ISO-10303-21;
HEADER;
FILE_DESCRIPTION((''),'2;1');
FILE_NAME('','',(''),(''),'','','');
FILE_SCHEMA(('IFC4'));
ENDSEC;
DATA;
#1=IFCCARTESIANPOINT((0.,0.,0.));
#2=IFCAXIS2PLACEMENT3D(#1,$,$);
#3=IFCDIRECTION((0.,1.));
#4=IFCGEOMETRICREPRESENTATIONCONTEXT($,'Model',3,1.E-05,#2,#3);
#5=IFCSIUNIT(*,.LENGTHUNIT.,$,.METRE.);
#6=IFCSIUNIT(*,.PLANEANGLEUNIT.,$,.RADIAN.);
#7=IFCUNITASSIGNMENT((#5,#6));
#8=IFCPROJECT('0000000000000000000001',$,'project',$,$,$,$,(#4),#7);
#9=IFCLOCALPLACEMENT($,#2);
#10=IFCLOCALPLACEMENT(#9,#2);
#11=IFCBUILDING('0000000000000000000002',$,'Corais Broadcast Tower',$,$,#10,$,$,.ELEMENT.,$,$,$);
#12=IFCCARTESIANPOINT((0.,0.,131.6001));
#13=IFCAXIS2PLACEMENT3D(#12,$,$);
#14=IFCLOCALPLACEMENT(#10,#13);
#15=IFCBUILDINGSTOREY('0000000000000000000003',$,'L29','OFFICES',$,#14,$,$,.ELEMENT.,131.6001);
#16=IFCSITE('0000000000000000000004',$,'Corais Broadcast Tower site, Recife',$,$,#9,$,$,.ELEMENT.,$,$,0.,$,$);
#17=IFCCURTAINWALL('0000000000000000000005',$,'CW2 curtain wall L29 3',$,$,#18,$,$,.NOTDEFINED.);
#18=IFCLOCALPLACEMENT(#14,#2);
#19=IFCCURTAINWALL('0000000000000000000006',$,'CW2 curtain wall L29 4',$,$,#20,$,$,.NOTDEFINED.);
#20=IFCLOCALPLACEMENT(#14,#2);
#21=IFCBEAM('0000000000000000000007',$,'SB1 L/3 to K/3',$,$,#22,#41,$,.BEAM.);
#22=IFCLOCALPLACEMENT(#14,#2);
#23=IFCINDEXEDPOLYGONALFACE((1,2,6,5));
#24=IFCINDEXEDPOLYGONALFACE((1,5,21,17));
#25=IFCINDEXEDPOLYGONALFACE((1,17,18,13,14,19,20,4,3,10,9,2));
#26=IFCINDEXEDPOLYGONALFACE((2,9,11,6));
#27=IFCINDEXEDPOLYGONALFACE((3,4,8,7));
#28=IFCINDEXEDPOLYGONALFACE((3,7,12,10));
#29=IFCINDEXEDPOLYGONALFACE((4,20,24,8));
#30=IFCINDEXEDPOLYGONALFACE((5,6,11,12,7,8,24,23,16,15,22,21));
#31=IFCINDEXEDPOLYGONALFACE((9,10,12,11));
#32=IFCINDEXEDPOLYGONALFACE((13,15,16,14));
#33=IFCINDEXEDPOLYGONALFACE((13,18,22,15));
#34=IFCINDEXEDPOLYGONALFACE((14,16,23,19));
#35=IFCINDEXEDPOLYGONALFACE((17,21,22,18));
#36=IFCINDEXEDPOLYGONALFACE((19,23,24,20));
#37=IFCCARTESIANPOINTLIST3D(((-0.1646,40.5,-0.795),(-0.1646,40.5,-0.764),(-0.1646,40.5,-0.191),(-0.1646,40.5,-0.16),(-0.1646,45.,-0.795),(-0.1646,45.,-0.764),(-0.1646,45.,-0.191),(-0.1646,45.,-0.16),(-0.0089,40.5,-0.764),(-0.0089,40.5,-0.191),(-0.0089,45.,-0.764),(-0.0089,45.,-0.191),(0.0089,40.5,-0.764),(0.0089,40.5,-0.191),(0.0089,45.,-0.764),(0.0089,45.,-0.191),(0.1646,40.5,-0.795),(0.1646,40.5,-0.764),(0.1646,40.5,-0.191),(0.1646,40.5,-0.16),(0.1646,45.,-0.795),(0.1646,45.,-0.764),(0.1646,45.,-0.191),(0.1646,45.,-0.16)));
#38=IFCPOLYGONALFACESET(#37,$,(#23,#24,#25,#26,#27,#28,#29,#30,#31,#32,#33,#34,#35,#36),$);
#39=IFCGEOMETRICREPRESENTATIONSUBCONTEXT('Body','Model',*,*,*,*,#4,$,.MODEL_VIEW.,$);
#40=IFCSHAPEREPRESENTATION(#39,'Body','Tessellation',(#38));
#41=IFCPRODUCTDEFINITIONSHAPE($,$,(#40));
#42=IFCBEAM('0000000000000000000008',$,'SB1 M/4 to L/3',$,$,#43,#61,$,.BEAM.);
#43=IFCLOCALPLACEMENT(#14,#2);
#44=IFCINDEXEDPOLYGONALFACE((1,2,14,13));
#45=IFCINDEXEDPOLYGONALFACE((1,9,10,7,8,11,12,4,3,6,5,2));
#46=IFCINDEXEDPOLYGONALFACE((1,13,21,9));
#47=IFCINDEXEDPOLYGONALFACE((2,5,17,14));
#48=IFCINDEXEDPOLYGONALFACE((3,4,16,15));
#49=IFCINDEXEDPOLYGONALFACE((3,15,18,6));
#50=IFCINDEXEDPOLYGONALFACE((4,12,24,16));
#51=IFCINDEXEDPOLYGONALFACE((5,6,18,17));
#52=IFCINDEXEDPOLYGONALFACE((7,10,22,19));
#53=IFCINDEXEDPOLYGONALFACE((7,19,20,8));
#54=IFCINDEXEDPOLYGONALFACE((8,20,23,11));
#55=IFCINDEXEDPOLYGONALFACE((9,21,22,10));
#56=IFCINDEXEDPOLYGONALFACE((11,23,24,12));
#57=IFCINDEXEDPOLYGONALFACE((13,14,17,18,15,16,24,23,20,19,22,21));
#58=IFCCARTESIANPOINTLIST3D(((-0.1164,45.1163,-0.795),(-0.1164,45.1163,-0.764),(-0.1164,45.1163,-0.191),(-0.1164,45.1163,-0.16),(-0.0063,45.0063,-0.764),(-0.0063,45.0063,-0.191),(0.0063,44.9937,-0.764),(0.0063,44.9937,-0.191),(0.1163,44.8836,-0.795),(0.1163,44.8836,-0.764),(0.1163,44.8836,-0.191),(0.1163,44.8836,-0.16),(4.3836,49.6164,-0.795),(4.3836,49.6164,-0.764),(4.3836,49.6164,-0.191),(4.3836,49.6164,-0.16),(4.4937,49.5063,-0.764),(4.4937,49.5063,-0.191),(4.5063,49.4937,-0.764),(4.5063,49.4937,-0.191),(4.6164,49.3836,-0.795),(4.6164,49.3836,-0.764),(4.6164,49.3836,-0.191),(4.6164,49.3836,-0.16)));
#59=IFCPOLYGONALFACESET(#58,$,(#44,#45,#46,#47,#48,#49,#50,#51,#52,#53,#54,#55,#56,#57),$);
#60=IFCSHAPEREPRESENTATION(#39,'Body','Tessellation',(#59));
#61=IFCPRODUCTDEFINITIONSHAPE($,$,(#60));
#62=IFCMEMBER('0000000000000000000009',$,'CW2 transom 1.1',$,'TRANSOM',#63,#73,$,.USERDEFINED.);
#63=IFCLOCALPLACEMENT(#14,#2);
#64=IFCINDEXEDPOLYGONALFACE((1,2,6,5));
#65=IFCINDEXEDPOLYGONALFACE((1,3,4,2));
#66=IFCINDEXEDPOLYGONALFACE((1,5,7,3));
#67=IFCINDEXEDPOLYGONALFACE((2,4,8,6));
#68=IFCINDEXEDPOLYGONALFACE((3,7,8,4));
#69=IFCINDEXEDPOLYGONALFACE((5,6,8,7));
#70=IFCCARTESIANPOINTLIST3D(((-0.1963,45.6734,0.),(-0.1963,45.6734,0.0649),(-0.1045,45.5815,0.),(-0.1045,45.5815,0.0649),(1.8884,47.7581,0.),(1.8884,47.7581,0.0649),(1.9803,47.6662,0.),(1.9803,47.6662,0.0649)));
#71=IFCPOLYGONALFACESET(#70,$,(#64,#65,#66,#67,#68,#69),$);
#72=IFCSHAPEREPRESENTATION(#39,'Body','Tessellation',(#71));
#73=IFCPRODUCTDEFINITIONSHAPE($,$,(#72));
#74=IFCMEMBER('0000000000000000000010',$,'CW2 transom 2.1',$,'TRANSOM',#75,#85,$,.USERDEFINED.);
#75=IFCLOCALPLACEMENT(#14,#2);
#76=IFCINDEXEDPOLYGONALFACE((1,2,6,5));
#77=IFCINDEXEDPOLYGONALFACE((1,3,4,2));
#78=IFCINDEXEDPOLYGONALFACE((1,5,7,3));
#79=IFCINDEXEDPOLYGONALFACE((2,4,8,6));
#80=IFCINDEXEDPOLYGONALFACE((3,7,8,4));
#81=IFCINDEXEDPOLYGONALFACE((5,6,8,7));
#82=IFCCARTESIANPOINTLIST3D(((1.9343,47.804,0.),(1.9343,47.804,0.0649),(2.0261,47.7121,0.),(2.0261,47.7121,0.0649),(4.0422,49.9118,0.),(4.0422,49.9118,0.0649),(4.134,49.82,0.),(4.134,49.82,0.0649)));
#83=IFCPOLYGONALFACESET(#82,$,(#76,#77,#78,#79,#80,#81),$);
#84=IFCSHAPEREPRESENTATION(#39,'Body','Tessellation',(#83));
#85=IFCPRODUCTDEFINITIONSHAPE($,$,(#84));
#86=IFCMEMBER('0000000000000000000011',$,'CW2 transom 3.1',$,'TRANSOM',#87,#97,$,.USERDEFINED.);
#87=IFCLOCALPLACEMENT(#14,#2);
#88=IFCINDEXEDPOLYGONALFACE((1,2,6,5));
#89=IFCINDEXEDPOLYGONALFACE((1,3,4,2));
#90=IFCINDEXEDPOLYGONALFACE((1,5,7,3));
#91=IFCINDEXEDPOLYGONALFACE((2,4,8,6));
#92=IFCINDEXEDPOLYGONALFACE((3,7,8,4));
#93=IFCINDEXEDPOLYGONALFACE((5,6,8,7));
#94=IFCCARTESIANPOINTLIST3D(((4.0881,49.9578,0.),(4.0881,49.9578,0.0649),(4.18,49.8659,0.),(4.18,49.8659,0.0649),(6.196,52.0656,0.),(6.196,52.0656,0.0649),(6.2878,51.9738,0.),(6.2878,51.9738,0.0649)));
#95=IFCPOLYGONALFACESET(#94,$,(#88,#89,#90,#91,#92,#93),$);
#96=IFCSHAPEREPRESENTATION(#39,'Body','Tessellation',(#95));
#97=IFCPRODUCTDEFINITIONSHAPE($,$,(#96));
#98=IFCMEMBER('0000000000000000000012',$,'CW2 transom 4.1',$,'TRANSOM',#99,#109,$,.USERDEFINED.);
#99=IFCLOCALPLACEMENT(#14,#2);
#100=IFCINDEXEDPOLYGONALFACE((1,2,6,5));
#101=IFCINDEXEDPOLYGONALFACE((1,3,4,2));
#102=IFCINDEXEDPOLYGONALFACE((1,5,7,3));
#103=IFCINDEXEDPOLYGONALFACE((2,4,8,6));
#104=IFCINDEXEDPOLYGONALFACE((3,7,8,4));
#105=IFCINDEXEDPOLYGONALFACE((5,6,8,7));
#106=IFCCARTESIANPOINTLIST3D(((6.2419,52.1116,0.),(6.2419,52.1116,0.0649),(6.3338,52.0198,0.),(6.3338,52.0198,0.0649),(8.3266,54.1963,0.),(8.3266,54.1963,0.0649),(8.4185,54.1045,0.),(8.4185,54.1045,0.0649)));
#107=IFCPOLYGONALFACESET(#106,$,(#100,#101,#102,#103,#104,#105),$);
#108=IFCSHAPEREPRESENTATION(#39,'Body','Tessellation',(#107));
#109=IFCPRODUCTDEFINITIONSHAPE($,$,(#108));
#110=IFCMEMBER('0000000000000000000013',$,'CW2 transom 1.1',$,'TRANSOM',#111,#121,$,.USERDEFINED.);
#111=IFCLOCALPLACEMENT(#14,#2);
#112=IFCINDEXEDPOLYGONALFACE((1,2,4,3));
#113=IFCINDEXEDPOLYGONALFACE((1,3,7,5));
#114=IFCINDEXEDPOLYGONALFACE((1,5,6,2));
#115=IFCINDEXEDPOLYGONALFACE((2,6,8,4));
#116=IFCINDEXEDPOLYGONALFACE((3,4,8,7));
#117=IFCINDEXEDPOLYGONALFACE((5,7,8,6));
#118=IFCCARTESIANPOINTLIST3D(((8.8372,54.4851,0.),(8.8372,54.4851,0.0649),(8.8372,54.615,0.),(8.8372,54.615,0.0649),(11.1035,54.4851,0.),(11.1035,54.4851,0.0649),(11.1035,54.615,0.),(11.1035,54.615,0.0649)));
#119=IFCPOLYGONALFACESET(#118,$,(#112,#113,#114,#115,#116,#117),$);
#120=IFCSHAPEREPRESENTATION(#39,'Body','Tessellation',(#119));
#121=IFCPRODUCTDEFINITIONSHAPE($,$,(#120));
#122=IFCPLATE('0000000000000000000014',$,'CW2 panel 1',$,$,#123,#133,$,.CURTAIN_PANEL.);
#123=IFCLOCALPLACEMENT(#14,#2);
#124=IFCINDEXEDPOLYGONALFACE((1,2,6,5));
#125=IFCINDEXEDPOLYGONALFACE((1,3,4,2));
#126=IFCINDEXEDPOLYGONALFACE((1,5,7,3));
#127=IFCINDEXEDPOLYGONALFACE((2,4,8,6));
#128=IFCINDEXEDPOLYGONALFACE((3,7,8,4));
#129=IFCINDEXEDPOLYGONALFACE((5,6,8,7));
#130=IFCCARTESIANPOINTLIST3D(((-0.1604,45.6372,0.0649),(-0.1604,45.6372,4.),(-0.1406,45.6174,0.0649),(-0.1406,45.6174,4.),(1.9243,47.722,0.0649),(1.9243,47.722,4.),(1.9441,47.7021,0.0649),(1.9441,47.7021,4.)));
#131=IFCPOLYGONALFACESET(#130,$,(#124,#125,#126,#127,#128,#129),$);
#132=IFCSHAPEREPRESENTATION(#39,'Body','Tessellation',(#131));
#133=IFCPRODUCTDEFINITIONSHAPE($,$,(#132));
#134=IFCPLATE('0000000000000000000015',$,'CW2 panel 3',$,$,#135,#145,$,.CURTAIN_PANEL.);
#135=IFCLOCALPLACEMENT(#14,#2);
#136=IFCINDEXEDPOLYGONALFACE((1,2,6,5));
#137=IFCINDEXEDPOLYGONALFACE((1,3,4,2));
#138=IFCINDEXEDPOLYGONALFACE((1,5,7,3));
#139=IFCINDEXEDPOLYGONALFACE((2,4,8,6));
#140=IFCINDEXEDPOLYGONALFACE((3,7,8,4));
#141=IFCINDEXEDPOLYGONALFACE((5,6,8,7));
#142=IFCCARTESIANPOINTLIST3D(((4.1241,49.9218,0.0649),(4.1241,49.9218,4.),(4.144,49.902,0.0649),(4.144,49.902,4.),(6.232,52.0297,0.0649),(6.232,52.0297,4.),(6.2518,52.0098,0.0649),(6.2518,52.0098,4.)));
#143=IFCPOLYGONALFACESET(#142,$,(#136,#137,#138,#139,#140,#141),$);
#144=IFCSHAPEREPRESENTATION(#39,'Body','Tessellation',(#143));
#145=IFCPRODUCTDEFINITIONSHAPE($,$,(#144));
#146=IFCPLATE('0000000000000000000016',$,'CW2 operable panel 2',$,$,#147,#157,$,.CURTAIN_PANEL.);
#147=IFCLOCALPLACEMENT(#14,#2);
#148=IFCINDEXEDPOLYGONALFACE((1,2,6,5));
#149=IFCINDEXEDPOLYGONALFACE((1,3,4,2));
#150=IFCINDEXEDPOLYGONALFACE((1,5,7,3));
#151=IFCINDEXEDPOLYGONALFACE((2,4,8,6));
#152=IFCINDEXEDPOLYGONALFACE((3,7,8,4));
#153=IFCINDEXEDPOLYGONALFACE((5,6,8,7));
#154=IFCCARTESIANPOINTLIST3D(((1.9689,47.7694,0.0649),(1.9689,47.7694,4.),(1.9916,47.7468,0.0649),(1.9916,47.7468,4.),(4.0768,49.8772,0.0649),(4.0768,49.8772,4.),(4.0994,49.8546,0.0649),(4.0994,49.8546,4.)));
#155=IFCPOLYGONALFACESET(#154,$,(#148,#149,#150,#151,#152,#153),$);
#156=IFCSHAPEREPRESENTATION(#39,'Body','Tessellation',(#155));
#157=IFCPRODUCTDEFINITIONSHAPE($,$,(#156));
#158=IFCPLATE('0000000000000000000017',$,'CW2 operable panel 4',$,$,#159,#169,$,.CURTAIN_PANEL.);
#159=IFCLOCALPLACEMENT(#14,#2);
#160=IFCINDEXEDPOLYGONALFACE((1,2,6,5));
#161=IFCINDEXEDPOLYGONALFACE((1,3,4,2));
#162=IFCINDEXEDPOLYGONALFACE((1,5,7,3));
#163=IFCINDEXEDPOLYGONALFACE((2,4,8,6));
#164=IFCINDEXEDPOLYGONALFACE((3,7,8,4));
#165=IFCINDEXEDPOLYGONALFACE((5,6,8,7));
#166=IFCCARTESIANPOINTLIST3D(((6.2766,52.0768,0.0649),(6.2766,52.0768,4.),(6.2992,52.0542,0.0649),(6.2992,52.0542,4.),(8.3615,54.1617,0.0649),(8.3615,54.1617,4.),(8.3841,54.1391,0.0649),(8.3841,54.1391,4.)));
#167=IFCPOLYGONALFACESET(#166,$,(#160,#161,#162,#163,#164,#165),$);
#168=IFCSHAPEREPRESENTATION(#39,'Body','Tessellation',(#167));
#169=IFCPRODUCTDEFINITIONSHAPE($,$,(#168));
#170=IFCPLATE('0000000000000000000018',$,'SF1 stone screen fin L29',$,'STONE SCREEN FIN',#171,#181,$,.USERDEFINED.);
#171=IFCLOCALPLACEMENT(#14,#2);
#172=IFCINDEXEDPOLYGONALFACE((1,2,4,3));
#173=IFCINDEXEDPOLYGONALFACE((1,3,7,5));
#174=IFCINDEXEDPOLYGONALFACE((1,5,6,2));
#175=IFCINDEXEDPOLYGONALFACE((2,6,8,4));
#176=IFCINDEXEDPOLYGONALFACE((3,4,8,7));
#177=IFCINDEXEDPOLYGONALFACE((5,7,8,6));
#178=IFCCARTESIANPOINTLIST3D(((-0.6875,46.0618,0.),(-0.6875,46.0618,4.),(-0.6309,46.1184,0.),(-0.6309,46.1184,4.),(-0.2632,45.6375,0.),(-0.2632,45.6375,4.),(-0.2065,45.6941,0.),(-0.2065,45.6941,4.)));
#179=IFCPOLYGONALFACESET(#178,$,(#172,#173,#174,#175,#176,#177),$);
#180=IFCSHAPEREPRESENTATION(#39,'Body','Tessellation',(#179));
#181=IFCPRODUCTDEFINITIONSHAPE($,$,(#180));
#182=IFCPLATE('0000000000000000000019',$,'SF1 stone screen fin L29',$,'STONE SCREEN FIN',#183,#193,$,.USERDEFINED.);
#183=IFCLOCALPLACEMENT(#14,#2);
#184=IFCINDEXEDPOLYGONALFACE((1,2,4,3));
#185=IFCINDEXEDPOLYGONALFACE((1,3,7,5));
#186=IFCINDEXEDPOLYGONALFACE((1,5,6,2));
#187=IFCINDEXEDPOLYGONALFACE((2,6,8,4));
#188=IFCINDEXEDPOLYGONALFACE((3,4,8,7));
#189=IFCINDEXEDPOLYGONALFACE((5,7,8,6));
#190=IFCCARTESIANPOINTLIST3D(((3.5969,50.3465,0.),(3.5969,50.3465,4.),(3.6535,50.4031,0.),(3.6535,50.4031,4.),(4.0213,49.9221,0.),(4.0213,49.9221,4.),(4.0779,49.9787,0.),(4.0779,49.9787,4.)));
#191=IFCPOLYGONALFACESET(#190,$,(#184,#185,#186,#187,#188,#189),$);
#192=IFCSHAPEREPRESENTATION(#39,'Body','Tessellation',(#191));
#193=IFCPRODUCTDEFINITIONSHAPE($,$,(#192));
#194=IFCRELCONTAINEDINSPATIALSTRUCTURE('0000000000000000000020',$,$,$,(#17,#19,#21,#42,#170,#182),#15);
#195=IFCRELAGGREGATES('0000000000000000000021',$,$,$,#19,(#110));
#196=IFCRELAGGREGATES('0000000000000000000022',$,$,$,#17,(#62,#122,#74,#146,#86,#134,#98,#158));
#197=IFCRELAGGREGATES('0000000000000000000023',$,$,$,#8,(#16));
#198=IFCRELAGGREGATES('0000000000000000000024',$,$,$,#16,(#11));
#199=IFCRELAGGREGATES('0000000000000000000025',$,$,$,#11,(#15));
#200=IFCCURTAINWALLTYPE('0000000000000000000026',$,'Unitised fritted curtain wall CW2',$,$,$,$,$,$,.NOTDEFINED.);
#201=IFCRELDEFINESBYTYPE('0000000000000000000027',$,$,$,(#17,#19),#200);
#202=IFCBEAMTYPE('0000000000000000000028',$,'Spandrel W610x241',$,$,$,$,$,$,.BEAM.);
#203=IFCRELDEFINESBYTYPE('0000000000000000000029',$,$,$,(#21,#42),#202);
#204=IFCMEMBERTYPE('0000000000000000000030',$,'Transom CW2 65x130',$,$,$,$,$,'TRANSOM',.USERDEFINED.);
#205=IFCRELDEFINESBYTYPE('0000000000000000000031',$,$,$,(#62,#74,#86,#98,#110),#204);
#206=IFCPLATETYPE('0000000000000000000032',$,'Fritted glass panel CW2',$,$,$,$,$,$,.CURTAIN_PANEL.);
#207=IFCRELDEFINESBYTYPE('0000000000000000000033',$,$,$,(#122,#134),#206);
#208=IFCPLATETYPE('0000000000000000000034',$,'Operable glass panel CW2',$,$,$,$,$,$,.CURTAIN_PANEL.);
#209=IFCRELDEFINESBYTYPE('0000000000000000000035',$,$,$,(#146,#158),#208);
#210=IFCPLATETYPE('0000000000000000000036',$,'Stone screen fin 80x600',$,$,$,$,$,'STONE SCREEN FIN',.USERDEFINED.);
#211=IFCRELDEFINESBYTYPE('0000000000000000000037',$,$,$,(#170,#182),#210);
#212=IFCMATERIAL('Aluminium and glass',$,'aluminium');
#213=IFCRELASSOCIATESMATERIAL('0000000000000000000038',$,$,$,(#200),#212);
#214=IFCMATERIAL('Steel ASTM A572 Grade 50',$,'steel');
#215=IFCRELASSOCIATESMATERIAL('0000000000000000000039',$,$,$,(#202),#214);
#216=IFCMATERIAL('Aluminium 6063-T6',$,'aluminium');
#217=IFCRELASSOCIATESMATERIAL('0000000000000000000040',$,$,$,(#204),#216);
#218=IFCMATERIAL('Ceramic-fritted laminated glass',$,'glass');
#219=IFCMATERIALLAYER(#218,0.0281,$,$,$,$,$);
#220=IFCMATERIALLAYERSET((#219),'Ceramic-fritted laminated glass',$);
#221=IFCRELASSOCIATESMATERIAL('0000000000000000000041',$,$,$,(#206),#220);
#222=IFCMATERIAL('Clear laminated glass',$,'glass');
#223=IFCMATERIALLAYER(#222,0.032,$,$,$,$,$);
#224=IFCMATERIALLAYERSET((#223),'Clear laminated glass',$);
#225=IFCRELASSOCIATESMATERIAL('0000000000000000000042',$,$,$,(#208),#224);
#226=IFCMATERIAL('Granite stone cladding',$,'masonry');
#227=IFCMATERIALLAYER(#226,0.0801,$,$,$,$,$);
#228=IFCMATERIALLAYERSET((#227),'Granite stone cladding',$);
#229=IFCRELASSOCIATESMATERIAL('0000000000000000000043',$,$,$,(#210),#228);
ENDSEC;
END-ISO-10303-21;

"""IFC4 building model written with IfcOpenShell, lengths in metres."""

from ifc_helpers import new_model, si_unit, direction, frame, origin, origin_2d, place, context, subcontext, project, spatial, rectangle, i_section, extrude, material, layer, layer_set, material_profile, profile_set, type_object, element, aggregate, save


model = new_model("IFC4")

# Units and contexts
model_context = context("Model", 3, precision=1e-05, world=origin(), true_north=direction((0.0, 1.0)))
body_context = subcontext(model_context, "Body", "Model", "MODEL_VIEW")
ifc_project = project(units=[si_unit("LENGTHUNIT", "METRE"), si_unit("PLANEANGLEUNIT", "RADIAN")], contexts=[model_context])

# Site, building, storey
site_placement = place(None, origin())
site = spatial("IfcSite", under=ifc_project, at=site_placement, Name="Corais Broadcast Tower site, Recife", CompositionType="ELEMENT", RefElevation=0.0)
building_placement = place(site_placement, origin())
building = spatial("IfcBuilding", under=site, at=building_placement, Name="Corais Broadcast Tower", CompositionType="ELEMENT")
storey_placement = place(building_placement, frame((0.0, 0.0, 131.6001)))
storey = spatial("IfcBuildingStorey", under=building, at=storey_placement, Name="L29", Description="OFFICES", CompositionType="ELEMENT", Elevation=131.6001)

# Shared definitions
ifc_material_1 = material(Name="Aluminium and glass", Category="aluminium")
curtain_wall_type = type_object("IfcCurtainWallType", Name="Unitised fritted curtain wall CW2", PredefinedType="NOTDEFINED", material=ifc_material_1)

# Curtain wall
curtain_wall_1_placement = place(storey_placement, origin())
curtain_wall_1 = element("IfcCurtainWall", 1, at=curtain_wall_1_placement, inside=storey, type_object=curtain_wall_type, Name="CW2 curtain wall L29 3", PredefinedType="NOTDEFINED")

# Curtain wall
curtain_wall_2_placement = place(storey_placement, origin())
curtain_wall_2 = element("IfcCurtainWall", 2, at=curtain_wall_2_placement, inside=storey, type_object=curtain_wall_type, Name="CW2 curtain wall L29 4", PredefinedType="NOTDEFINED")

# Beams
ifc_material_2 = material(Name="Steel ASTM A572 Grade 50", Category="steel")
ifc_material_profile_1 = material_profile(ifc_material_2, i_section(OverallWidth=0.3291, OverallDepth=0.635, WebThickness=0.0178, FlangeThickness=0.031, at=origin_2d()), Name="W610x241")
ifc_profile_set_1 = profile_set([ifc_material_profile_1], Name="Steel ASTM A572 Grade 50")
beam_type_1 = type_object("IfcBeamType", Name="Spandrel W610x241", PredefinedType="BEAM", material=ifc_profile_set_1)
beam_1_placement = place(storey_placement, frame((0.0, 45.0, -0.4775), z_axis=(0.0, -1.0, 0.0), x_axis=(1.0, 0.0, 0.0)))
element("IfcBeam", 3, at=beam_1_placement, inside=storey, type_object=beam_type_1, Name="SB1 L/3 to K/3", PredefinedType="BEAM", context=body_context, shape_type="SweptSolid", body=[
    extrude(i_section(OverallWidth=0.3291, OverallDepth=0.635, WebThickness=0.0178, FlangeThickness=0.031, at=origin_2d()), origin(), (0.0, 0.0, 1.0), 4.5),
])
beam_2_placement = place(storey_placement, frame((4.5, 49.5, -0.4775), z_axis=(-0.707107, -0.707107, 0.0), x_axis=(0.707107, -0.707107, 0.0)))
element("IfcBeam", 4, at=beam_2_placement, inside=storey, type_object=beam_type_1, Name="SB1 M/4 to L/3", PredefinedType="BEAM", context=body_context, shape_type="SweptSolid", body=[
    extrude(i_section(OverallWidth=0.3291, OverallDepth=0.635, WebThickness=0.0178, FlangeThickness=0.031, at=origin_2d()), origin(), (0.0, 0.0, 1.0), 6.364),
])

# Members
ifc_material_3 = material(Name="Aluminium 6063-T6", Category="aluminium")
ifc_material_profile_2 = material_profile(ifc_material_3, rectangle(XDim=0.1299, YDim=0.0649, at=origin_2d()), Name="Transom CW2 65x130")
ifc_profile_set_2 = profile_set([ifc_material_profile_2], Name="Aluminium 6063-T6")
member_type_1 = type_object("IfcMemberType", Name="Transom CW2 65x130", ElementType="TRANSOM", PredefinedType="USERDEFINED", material=ifc_profile_set_2)
member_1_placement = place(storey_placement, frame((-0.1504, 45.6274, 0.0325), z_axis=(0.707107, 0.707107, 0.0), x_axis=(-0.707107, 0.707107, 0.0)))
member_1 = element("IfcMember", 5, at=member_1_placement, type_object=member_type_1, Name="CW2 transom 1.1", ObjectType="TRANSOM", PredefinedType="USERDEFINED", context=body_context, shape_type="SweptSolid", body=[
    extrude(rectangle(XDim=0.1299, YDim=0.0649, at=origin_2d()), origin(), (0.0, 0.0, 1.0), 2.9482),
])
member_2_placement = place(storey_placement, frame((1.9802, 47.7581, 0.0325), z_axis=(0.707107, 0.707107, 0.0), x_axis=(-0.707107, 0.707107, 0.0)))
member_2 = element("IfcMember", 6, at=member_2_placement, type_object=member_type_1, Name="CW2 transom 2.1", ObjectType="TRANSOM", PredefinedType="USERDEFINED", context=body_context, shape_type="SweptSolid", body=[
    extrude(rectangle(XDim=0.1299, YDim=0.0649, at=origin_2d()), origin(), (0.0, 0.0, 1.0), 2.981),
])
member_3_placement = place(storey_placement, frame((4.134, 49.9119, 0.0325), z_axis=(0.707107, 0.707107, 0.0), x_axis=(-0.707107, 0.707107, 0.0)))
member_3 = element("IfcMember", 7, at=member_3_placement, type_object=member_type_1, Name="CW2 transom 3.1", ObjectType="TRANSOM", PredefinedType="USERDEFINED", context=body_context, shape_type="SweptSolid", body=[
    extrude(rectangle(XDim=0.1299, YDim=0.0649, at=origin_2d()), origin(), (0.0, 0.0, 1.0), 2.981),
])
member_4_placement = place(storey_placement, frame((6.2878, 52.0657, 0.0325), z_axis=(0.707107, 0.707107, 0.0), x_axis=(-0.707107, 0.707107, 0.0)))
member_4 = element("IfcMember", 8, at=member_4_placement, type_object=member_type_1, Name="CW2 transom 4.1", ObjectType="TRANSOM", PredefinedType="USERDEFINED", context=body_context, shape_type="SweptSolid", body=[
    extrude(rectangle(XDim=0.1299, YDim=0.0649, at=origin_2d()), origin(), (0.0, 0.0, 1.0), 2.9482),
])
member_5_placement = place(storey_placement, frame((8.8372, 54.55, 0.0325), z_axis=(1.0, 0.0, 0.0), x_axis=(0.0, 1.0, 0.0)))
member_5 = element("IfcMember", 9, at=member_5_placement, type_object=member_type_1, Name="CW2 transom 1.1", ObjectType="TRANSOM", PredefinedType="USERDEFINED", context=body_context, shape_type="SweptSolid", body=[
    extrude(rectangle(XDim=0.1299, YDim=0.0649, at=origin_2d()), origin(), (0.0, 0.0, 1.0), 2.2664),
])
aggregate(curtain_wall_2, [member_5])

# Plates
ifc_material_4 = material(Name="Ceramic-fritted laminated glass", Category="glass")
ifc_layer_1 = layer(ifc_material_4, 0.0281)
ifc_layer_set_1 = layer_set([ifc_layer_1], Name="Ceramic-fritted laminated glass")
plate_type_1 = type_object("IfcPlateType", Name="Fritted glass panel CW2", PredefinedType="CURTAIN_PANEL", material=ifc_layer_set_1)
plate_1_placement = place(storey_placement, frame((0.8918, 46.6697, 0.0649), z_axis=(0.0, 0.0, 1.0), x_axis=(0.707107, 0.707107, 0.0)))
plate_1 = element("IfcPlate", 10, at=plate_1_placement, type_object=plate_type_1, Name="CW2 panel 1", PredefinedType="CURTAIN_PANEL", context=body_context, shape_type="SweptSolid", body=[
    extrude(rectangle(XDim=2.9482, YDim=0.0281, at=origin_2d()), origin(), (0.0, 0.0, 1.0), 3.9351),
])
plate_2_placement = place(storey_placement, frame((5.188, 50.9658, 0.0649), z_axis=(0.0, 0.0, 1.0), x_axis=(0.707107, 0.707107, 0.0)))
plate_2 = element("IfcPlate", 11, at=plate_2_placement, type_object=plate_type_1, Name="CW2 panel 3", PredefinedType="CURTAIN_PANEL", context=body_context, shape_type="SweptSolid", body=[
    extrude(rectangle(XDim=2.981, YDim=0.0281, at=origin_2d()), origin(), (0.0, 0.0, 1.0), 3.9351),
])
ifc_material_5 = material(Name="Clear laminated glass", Category="glass")
ifc_layer_2 = layer(ifc_material_5, 0.032)
ifc_layer_set_2 = layer_set([ifc_layer_2], Name="Clear laminated glass")
plate_type_2 = type_object("IfcPlateType", Name="Operable glass panel CW2", PredefinedType="CURTAIN_PANEL", material=ifc_layer_set_2)
plate_3_placement = place(storey_placement, frame((3.0342, 48.812, 0.0649), z_axis=(0.0, 0.0, 1.0), x_axis=(0.707107, 0.707107, 0.0)))
plate_3 = element("IfcPlate", 12, at=plate_3_placement, type_object=plate_type_2, Name="CW2 operable panel 2", PredefinedType="CURTAIN_PANEL", context=body_context, shape_type="SweptSolid", body=[
    extrude(rectangle(XDim=2.981, YDim=0.032, at=origin_2d()), origin(), (0.0, 0.0, 1.0), 3.9351),
])
plate_4_placement = place(storey_placement, frame((7.3303, 53.1079, 0.0649), z_axis=(0.0, 0.0, 1.0), x_axis=(0.707107, 0.707107, 0.0)))
plate_4 = element("IfcPlate", 13, at=plate_4_placement, type_object=plate_type_2, Name="CW2 operable panel 4", PredefinedType="CURTAIN_PANEL", context=body_context, shape_type="SweptSolid", body=[
    extrude(rectangle(XDim=2.9485, YDim=0.032, at=origin_2d()), origin(), (0.0, 0.0, 1.0), 3.9351),
])
aggregate(curtain_wall_1, [member_1, plate_1, member_2, plate_3, member_3, plate_2, member_4, plate_4])

# Plates
ifc_material_6 = material(Name="Granite stone cladding", Category="masonry")
ifc_layer_3 = layer(ifc_material_6, 0.0801)
ifc_layer_set_3 = layer_set([ifc_layer_3], Name="Granite stone cladding")
plate_type_3 = type_object("IfcPlateType", Name="Stone screen fin 80x600", ElementType="STONE SCREEN FIN", PredefinedType="USERDEFINED", material=ifc_layer_set_3)
for number, where, z_axis, x_axis, name in (
    (14, (-0.447, 45.8779, 0.0), (0.0, 0.0, 1.0), (0.707107, 0.707107, 0.0), "SF1 stone screen fin L29"),
    (15, (3.8374, 50.1626, 0.0), (0.0, 0.0, 1.0), (0.707107, 0.707107, 0.0), "SF1 stone screen fin L29"),
):
    element("IfcPlate", number, at=place(storey_placement, frame(where, z_axis=z_axis, x_axis=x_axis)), inside=storey, type_object=plate_type_3, Name=name, ObjectType="STONE SCREEN FIN", PredefinedType="USERDEFINED", context=body_context, shape_type="SweptSolid", body=[
        extrude(rectangle(XDim=0.0801, YDim=0.6001, at=origin_2d()), origin(), (0.0, 0.0, 1.0), 4.0),
    ])

save(model, "model.ifc")
